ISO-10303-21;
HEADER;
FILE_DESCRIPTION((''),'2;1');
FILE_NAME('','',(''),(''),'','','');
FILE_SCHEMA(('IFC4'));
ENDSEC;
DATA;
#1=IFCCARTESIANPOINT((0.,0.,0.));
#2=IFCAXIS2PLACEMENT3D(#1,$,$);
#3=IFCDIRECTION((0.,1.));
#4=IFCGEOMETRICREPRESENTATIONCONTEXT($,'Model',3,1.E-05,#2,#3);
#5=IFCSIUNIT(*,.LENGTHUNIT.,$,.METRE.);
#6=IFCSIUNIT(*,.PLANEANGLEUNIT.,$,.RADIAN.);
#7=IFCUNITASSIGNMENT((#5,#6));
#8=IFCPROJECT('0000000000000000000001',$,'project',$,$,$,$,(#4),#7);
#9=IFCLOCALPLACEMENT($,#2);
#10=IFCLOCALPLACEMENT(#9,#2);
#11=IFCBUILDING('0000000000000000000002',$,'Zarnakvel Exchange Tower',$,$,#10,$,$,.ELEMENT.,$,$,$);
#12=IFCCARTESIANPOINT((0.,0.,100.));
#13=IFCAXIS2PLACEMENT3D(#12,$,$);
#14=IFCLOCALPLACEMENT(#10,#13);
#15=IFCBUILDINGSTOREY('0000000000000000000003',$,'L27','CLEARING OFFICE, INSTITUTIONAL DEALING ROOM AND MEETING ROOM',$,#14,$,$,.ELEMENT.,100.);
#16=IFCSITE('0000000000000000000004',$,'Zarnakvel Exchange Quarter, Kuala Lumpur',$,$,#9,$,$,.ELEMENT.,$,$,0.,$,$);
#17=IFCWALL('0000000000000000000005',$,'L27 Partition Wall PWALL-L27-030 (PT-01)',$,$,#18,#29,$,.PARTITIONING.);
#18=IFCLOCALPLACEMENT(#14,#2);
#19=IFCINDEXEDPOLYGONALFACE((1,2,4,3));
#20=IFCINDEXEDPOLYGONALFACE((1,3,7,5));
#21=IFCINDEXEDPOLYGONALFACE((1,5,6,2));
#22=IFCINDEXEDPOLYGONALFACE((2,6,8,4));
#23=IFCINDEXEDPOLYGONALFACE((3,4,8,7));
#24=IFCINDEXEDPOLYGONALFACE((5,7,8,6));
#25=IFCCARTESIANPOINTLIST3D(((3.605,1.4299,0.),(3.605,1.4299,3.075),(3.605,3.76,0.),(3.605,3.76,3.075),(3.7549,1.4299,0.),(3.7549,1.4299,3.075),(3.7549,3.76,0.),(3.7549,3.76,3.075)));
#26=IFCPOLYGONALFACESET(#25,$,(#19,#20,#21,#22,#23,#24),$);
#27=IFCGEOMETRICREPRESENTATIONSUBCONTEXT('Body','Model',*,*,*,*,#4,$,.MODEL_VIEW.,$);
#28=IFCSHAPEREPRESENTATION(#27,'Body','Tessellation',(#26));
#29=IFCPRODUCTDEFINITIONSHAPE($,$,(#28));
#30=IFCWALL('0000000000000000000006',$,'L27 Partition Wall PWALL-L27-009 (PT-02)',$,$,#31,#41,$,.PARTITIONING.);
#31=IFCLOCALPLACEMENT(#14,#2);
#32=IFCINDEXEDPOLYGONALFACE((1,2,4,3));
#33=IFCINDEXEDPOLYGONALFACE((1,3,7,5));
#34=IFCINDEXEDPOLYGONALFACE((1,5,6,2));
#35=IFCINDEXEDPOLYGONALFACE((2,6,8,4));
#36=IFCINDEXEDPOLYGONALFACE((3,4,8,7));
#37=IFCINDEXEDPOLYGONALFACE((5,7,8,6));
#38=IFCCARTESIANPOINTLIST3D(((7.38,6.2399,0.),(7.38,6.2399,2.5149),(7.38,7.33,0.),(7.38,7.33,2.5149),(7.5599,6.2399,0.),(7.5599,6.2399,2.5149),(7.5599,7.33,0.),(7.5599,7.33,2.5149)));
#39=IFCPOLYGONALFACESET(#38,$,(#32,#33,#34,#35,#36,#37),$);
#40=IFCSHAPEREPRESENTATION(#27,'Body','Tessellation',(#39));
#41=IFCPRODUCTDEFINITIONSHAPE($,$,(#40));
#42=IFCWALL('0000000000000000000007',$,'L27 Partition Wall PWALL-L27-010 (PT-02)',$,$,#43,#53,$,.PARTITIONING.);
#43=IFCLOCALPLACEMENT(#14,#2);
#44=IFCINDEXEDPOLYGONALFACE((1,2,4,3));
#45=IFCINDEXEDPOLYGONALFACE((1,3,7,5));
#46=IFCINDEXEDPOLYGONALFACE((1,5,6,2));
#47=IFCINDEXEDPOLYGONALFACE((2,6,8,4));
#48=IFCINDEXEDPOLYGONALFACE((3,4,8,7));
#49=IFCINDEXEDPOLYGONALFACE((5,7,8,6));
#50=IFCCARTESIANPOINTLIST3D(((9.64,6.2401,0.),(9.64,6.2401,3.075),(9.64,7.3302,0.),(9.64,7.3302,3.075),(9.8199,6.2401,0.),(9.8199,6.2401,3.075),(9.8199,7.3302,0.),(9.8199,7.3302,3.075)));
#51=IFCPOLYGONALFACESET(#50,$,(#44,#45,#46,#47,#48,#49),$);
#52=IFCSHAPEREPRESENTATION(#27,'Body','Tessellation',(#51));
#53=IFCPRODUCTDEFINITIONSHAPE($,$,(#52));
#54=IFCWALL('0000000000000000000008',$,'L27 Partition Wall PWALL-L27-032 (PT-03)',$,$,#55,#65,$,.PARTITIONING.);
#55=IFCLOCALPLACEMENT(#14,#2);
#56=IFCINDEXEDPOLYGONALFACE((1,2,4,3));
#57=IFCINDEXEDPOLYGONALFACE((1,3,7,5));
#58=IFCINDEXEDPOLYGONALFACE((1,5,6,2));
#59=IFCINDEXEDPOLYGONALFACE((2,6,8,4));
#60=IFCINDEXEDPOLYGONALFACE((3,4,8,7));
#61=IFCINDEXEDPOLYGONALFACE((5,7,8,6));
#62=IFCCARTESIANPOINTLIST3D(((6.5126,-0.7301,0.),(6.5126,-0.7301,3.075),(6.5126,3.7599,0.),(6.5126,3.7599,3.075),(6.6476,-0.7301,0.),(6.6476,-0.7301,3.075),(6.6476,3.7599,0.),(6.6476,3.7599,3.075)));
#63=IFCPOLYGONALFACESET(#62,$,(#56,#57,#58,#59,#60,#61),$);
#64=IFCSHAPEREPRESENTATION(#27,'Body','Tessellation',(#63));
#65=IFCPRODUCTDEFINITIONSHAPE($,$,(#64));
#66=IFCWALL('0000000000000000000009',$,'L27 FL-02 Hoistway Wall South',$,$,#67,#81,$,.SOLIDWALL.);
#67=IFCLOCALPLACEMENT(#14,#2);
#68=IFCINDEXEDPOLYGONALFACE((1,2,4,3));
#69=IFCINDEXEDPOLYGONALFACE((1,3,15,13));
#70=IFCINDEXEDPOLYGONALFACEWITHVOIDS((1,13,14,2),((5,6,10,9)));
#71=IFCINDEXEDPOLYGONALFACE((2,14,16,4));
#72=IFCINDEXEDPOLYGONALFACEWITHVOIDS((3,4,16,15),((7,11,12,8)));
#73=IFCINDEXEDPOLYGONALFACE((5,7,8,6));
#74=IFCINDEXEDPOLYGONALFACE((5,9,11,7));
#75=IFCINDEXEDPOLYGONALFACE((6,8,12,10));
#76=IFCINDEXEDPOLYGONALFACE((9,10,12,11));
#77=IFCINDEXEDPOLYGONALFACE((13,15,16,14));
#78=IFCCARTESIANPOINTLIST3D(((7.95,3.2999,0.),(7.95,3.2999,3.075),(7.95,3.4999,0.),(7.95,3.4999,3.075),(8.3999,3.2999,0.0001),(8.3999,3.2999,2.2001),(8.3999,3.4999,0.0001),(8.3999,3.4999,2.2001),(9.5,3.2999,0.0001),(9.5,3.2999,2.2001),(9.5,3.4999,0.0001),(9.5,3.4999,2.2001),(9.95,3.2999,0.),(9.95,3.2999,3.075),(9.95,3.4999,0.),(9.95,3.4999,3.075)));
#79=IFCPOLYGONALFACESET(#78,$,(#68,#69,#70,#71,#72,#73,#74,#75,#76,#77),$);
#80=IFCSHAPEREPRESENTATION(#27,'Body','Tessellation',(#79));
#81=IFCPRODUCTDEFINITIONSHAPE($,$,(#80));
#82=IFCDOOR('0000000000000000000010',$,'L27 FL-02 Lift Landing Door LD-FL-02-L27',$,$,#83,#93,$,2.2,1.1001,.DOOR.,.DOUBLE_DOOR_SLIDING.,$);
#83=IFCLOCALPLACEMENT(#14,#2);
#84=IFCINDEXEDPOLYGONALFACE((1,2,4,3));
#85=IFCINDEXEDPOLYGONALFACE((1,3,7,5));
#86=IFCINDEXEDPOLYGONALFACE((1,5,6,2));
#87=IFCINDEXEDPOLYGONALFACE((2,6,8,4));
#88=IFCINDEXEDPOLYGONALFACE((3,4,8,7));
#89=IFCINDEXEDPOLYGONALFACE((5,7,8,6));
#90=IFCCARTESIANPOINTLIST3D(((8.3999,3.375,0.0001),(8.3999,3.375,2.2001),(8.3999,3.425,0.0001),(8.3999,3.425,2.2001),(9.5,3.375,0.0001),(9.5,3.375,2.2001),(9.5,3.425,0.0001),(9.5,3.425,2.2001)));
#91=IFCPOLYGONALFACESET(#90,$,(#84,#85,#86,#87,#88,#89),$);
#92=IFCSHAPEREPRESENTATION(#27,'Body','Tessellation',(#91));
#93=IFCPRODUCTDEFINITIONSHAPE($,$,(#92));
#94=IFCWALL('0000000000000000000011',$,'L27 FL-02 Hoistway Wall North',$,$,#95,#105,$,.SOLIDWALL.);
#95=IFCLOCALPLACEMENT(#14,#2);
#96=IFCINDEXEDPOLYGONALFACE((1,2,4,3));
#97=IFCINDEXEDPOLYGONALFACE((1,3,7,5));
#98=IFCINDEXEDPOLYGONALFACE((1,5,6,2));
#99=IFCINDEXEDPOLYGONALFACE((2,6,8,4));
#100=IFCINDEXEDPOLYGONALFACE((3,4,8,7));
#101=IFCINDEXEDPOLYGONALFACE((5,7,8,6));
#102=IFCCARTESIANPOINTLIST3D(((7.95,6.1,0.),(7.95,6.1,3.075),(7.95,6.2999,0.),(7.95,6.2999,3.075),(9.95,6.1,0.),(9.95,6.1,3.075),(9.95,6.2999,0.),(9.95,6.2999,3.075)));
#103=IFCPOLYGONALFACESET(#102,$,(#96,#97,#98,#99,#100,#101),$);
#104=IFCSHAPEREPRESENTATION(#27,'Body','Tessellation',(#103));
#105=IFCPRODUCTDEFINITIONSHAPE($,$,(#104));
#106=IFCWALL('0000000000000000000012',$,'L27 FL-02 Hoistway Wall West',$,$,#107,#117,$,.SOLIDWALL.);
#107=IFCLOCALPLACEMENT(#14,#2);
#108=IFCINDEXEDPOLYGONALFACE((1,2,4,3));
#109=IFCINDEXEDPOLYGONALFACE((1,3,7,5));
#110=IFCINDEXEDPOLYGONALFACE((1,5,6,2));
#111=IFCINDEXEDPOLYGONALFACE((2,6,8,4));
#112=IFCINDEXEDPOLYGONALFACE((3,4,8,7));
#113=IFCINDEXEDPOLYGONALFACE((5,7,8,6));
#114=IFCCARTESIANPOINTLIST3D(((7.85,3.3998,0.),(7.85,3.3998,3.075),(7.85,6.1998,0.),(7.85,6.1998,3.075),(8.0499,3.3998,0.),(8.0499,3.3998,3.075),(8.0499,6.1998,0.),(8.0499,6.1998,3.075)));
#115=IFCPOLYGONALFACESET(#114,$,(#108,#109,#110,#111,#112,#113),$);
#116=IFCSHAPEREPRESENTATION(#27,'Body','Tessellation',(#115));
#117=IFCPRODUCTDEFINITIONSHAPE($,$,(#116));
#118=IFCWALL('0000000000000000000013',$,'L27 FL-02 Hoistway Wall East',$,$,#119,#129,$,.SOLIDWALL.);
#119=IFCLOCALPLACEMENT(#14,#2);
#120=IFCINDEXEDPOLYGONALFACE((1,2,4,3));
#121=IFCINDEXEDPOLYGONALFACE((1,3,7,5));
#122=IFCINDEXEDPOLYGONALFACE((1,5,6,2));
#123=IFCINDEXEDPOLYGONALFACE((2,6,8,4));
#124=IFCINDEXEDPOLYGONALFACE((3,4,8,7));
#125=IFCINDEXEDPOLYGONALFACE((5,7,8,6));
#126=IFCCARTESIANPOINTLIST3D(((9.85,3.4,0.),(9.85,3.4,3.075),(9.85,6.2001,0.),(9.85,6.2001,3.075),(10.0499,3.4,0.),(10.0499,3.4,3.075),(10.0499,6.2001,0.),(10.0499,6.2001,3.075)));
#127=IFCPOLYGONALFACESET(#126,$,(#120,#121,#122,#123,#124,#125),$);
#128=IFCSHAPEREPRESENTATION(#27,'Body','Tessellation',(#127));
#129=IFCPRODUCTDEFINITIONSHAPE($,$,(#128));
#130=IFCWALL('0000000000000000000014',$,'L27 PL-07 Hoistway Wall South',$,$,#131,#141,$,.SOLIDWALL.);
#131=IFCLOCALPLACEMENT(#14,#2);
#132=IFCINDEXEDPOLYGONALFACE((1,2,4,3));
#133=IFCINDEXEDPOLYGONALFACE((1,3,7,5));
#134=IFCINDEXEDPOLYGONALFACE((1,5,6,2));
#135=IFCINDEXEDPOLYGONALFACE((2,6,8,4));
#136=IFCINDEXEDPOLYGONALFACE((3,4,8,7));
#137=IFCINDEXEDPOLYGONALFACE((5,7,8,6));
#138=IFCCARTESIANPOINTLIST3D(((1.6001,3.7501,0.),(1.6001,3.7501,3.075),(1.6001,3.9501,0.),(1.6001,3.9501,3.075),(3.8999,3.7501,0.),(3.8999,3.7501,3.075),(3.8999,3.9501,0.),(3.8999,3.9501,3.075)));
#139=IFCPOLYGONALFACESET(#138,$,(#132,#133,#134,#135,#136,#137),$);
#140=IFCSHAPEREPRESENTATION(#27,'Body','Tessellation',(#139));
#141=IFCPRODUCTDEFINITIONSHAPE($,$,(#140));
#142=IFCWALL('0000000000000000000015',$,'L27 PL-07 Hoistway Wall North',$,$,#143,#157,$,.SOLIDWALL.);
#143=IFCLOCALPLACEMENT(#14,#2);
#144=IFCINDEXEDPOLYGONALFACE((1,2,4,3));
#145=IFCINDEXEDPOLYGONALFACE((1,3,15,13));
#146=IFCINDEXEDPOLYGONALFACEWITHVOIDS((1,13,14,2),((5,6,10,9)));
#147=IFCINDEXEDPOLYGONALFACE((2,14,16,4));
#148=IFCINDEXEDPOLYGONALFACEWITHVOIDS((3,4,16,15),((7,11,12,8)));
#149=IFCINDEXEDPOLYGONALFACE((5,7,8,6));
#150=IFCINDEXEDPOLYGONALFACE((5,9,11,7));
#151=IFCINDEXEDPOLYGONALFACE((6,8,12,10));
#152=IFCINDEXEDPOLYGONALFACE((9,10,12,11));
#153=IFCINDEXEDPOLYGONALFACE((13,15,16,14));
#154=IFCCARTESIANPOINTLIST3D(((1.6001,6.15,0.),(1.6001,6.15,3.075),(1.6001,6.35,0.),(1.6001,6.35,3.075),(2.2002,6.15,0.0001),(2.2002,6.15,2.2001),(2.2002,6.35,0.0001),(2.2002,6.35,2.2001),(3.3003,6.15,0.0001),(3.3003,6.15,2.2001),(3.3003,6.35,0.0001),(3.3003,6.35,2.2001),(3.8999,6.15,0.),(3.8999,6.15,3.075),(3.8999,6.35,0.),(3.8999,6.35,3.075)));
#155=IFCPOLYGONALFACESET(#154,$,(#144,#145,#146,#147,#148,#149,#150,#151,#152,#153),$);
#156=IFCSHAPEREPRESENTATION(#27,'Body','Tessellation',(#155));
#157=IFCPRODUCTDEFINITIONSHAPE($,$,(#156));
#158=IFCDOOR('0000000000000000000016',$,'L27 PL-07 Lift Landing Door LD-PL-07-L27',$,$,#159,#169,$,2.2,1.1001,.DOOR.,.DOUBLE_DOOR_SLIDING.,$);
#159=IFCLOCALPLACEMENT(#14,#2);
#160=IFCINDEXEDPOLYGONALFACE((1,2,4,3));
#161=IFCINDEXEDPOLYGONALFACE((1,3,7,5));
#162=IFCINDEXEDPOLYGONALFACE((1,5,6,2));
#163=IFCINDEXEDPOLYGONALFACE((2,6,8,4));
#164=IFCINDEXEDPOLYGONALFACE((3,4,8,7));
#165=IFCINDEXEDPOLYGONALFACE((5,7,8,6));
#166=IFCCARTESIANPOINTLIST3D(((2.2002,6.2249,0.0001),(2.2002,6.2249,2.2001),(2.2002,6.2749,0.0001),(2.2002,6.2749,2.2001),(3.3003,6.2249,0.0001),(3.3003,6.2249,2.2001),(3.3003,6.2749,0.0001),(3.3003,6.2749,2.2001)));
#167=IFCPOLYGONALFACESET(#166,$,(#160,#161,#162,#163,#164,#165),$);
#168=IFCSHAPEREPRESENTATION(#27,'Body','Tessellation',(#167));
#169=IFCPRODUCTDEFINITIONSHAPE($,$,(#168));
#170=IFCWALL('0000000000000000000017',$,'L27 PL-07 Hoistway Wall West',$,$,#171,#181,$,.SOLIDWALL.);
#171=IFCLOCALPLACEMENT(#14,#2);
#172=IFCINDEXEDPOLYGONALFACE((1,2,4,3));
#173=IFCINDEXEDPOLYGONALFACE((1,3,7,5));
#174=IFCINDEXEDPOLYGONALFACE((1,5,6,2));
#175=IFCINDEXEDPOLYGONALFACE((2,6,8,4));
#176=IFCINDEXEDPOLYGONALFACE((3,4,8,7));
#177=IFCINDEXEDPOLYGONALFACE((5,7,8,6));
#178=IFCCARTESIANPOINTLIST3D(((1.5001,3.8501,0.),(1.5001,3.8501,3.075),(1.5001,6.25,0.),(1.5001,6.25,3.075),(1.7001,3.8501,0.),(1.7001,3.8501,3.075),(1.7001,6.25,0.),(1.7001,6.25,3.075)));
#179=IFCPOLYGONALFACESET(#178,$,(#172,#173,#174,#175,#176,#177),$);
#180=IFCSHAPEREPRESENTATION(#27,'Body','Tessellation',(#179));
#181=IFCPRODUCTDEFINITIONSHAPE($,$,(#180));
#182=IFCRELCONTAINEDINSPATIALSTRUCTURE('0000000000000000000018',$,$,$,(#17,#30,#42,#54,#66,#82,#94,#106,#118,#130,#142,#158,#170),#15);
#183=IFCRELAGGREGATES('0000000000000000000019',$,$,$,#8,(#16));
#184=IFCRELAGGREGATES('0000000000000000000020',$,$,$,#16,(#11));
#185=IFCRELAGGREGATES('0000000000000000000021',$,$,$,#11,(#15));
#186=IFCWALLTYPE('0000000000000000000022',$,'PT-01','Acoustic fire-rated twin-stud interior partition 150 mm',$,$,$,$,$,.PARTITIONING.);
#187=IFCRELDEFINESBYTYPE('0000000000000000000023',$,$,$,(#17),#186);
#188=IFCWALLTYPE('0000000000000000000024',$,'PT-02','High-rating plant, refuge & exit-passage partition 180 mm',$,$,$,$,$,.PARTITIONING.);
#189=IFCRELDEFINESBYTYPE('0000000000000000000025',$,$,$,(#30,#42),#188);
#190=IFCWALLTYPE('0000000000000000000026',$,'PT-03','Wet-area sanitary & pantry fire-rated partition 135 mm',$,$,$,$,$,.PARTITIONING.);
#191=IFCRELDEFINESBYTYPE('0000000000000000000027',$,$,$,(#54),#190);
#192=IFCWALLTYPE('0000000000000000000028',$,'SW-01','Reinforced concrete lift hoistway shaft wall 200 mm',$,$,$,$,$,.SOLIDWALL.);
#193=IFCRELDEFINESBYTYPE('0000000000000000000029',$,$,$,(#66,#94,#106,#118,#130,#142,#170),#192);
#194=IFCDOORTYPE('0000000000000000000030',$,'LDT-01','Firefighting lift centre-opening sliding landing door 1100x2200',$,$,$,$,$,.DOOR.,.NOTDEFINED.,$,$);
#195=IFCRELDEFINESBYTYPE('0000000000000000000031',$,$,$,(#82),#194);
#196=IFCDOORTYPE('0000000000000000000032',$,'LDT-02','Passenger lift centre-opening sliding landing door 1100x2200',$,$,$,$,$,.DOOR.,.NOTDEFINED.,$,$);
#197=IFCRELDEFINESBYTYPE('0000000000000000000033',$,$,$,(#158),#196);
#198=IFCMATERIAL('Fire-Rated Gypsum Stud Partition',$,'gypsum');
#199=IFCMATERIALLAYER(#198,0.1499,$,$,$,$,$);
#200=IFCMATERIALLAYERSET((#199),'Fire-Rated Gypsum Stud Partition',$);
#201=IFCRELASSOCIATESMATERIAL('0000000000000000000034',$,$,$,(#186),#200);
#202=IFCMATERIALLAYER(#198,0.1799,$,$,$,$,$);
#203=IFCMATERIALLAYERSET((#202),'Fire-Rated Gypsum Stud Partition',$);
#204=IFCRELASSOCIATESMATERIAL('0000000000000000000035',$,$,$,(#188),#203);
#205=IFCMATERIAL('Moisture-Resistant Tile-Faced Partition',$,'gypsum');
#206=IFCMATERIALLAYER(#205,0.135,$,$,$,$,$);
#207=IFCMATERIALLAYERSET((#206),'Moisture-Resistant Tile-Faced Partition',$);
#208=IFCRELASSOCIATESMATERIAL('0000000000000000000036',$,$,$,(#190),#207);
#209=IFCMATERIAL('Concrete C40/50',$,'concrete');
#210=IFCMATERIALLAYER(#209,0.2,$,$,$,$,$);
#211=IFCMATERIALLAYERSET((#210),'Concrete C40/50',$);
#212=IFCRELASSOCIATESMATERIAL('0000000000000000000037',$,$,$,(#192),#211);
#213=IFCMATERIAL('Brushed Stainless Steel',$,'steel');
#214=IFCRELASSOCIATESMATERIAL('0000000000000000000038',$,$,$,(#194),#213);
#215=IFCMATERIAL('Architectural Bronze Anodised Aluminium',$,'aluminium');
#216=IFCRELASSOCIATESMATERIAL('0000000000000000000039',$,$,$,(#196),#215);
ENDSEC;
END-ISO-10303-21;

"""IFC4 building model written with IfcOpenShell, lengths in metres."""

from ifc_helpers import new_model, si_unit, direction, frame, frame_2d, origin, place, context, subcontext, project, spatial, rectangle, extrude, source, transform, mapped, material, layer, layer_set, type_object, element, fill, save


model = new_model("IFC4")

# Units and contexts
model_context = context("Model", 3, precision=1e-05, world=origin(), true_north=direction((0.0, 1.0)))
body_context = subcontext(model_context, "Body", "Model", "MODEL_VIEW")
ifc_project = project(units=[si_unit("LENGTHUNIT", "METRE"), si_unit("PLANEANGLEUNIT", "RADIAN")], contexts=[model_context])

# Site, building, storey
site_placement = place(None, origin())
site = spatial("IfcSite", under=ifc_project, at=site_placement, Name="Zarnakvel Exchange Quarter, Kuala Lumpur", CompositionType="ELEMENT", RefElevation=0.0)
building_placement = place(site_placement, origin())
building = spatial("IfcBuilding", under=site, at=building_placement, Name="Zarnakvel Exchange Tower", CompositionType="ELEMENT")
storey_placement = place(building_placement, frame((0.0, 0.0, 100.0)))
storey = spatial("IfcBuildingStorey", under=building, at=storey_placement, Name="L27", Description="CLEARING OFFICE, INSTITUTIONAL DEALING ROOM AND MEETING ROOM", CompositionType="ELEMENT", Elevation=100.0)

# Walls
ifc_material_1 = material(Name="Fire-Rated Gypsum Stud Partition", Category="gypsum")
ifc_layer_1 = layer(ifc_material_1, 0.1499)
ifc_layer_set_1 = layer_set([ifc_layer_1], Name="Fire-Rated Gypsum Stud Partition")
wall_type_1 = type_object("IfcWallType", Name="PT-01", Description="Acoustic fire-rated twin-stud interior partition 150 mm", PredefinedType="PARTITIONING", material=ifc_layer_set_1)
wall_1_placement = place(storey_placement, frame((3.6799, 3.76, 0.0), z_axis=(0.0, 0.0, 1.0), x_axis=(0.0, -1.0, 0.0)))
element("IfcWall", 1, at=wall_1_placement, inside=storey, type_object=wall_type_1, Name="L27 Partition Wall PWALL-L27-030 (PT-01)", PredefinedType="PARTITIONING", context=body_context, shape_type="SweptSolid", body=[
    extrude(rectangle(XDim=2.3301, YDim=0.1499, at=frame_2d((1.165, 0.0))), origin(), (0.0, 0.0, 1.0), 3.075),
])
ifc_layer_2 = layer(ifc_material_1, 0.1799)
ifc_layer_set_2 = layer_set([ifc_layer_2], Name="Fire-Rated Gypsum Stud Partition")
wall_type_2 = type_object("IfcWallType", Name="PT-02", Description="High-rating plant, refuge & exit-passage partition 180 mm", PredefinedType="PARTITIONING", material=ifc_layer_set_2)
wall_2_placement = place(storey_placement, frame((7.47, 6.24, 0.0), z_axis=(0.0, 0.0, 1.0), x_axis=(0.0, 1.0, 0.0)))
element("IfcWall", 2, at=wall_2_placement, inside=storey, type_object=wall_type_2, Name="L27 Partition Wall PWALL-L27-009 (PT-02)", PredefinedType="PARTITIONING", context=body_context, shape_type="SweptSolid", body=[
    extrude(rectangle(XDim=1.0901, YDim=0.1799, at=frame_2d((0.5449, 0.0))), origin(), (0.0, 0.0, 1.0), 2.5149),
])
wall_3_placement = place(storey_placement, frame((9.73, 7.3301, 0.0), z_axis=(0.0, 0.0, 1.0), x_axis=(0.0, -1.0, 0.0)))
element("IfcWall", 3, at=wall_3_placement, inside=storey, type_object=wall_type_2, Name="L27 Partition Wall PWALL-L27-010 (PT-02)", PredefinedType="PARTITIONING", context=body_context, shape_type="SweptSolid", body=[
    extrude(rectangle(XDim=1.0901, YDim=0.1799, at=frame_2d((0.5449, 0.0))), origin(), (0.0, 0.0, 1.0), 3.075),
])
ifc_material_2 = material(Name="Moisture-Resistant Tile-Faced Partition", Category="gypsum")
ifc_layer_3 = layer(ifc_material_2, 0.135)
ifc_layer_set_3 = layer_set([ifc_layer_3], Name="Moisture-Resistant Tile-Faced Partition")
wall_type_3 = type_object("IfcWallType", Name="PT-03", Description="Wet-area sanitary & pantry fire-rated partition 135 mm", PredefinedType="PARTITIONING", material=ifc_layer_set_3)
wall_4_placement = place(storey_placement, frame((6.5801, 3.76, 0.0), z_axis=(0.0, 0.0, 1.0), x_axis=(0.0, -1.0, 0.0)))
element("IfcWall", 4, at=wall_4_placement, inside=storey, type_object=wall_type_3, Name="L27 Partition Wall PWALL-L27-032 (PT-03)", PredefinedType="PARTITIONING", context=body_context, shape_type="SweptSolid", body=[
    extrude(rectangle(XDim=4.49, YDim=0.135, at=frame_2d((2.2451, 0.0))), origin(), (0.0, 0.0, 1.0), 3.075),
])

# Wall, opening, door
ifc_material_3 = material(Name="Concrete C40/50", Category="concrete")
ifc_layer_4 = layer(ifc_material_3, 0.2)
ifc_layer_set_4 = layer_set([ifc_layer_4], Name="Concrete C40/50")
wall_type_4 = type_object("IfcWallType", Name="SW-01", Description="Reinforced concrete lift hoistway shaft wall 200 mm", PredefinedType="SOLIDWALL", material=ifc_layer_set_4)
wall_5_placement = place(storey_placement, frame((9.95, 3.3999, 0.0), z_axis=(0.0, 0.0, 1.0), x_axis=(-1.0, 0.0, 0.0)))
wall_5 = element("IfcWall", 5, at=wall_5_placement, inside=storey, type_object=wall_type_4, Name="L27 FL-02 Hoistway Wall South", PredefinedType="SOLIDWALL", context=body_context, shape_type="SweptSolid", body=[
    extrude(rectangle(XDim=2.0, YDim=0.2, at=frame_2d((1.0, 0.0))), origin(), (0.0, 0.0, 1.0), 3.075),
])
opening_1_placement = place(wall_5_placement, frame((0.45, 0.0, 0.0)))
opening_1 = element("IfcOpeningElement", 6, at=opening_1_placement, cuts=wall_5, PredefinedType="OPENING", context=body_context, shape_type="SweptSolid", body=[
    extrude(rectangle(XDim=1.1001, YDim=2.2, at=frame_2d((0.55, 1.1001))), frame((0.0, 0.1099, 0.0), z_axis=(0.0, -1.0, 0.0), x_axis=(1.0, 0.0, 0.0)), (0.0, 0.0, 1.0), 0.22),
])
ifc_material_4 = material(Name="Brushed Stainless Steel", Category="steel")
door_type_1 = type_object("IfcDoorType", Name="LDT-01", Description="Firefighting lift centre-opening sliding landing door 1100x2200", OperationType="NOTDEFINED", PredefinedType="DOOR", material=ifc_material_4)
shared_shape_1 = source(origin(), body_context, "Body", "SweptSolid", [
    extrude(rectangle(XDim=1.1001, YDim=2.2, at=frame_2d((0.55, 1.1001))), frame((0.0, 0.0249, 0.0), z_axis=(0.0, -1.0, 0.0), x_axis=(1.0, 0.0, 0.0)), (0.0, 0.0, 1.0), 0.05),
])
door_1_placement = place(opening_1_placement, origin())
door_1 = element("IfcDoor", 7, at=door_1_placement, inside=storey, type_object=door_type_1, Name="L27 FL-02 Lift Landing Door LD-FL-02-L27", OperationType="DOUBLE_DOOR_SLIDING", OverallHeight=2.2, OverallWidth=1.1001, PredefinedType="DOOR", context=body_context, shape_type="MappedRepresentation", body=[
    mapped(shared_shape_1, transform((0.0, 0.0, 0.0), x_axis=(1.0, 0.0, 0.0), y_axis=(0.0, 1.0, 0.0), z_axis=(0.0, 0.0, 1.0), scale=1.0)),
])
fill(opening_1, door_1)

# Walls
wall_6_placement = place(storey_placement, frame((7.95, 6.2, 0.0), z_axis=(0.0, 0.0, 1.0), x_axis=(1.0, 0.0, 0.0)))
element("IfcWall", 8, at=wall_6_placement, inside=storey, type_object=wall_type_4, Name="L27 FL-02 Hoistway Wall North", PredefinedType="SOLIDWALL", context=body_context, shape_type="SweptSolid", body=[
    extrude(rectangle(XDim=2.0, YDim=0.2, at=frame_2d((1.0, 0.0))), origin(), (0.0, 0.0, 1.0), 3.075),
])
for number, where, z_axis, x_axis, name in (
    (9, (7.95, 3.3999, 0.0), (0.0, 0.0, 1.0), (0.0, 1.0, 0.0), "L27 FL-02 Hoistway Wall West"),
    (10, (9.95, 6.2, 0.0), (0.0, 0.0, 1.0), (0.0, -1.0, 0.0), "L27 FL-02 Hoistway Wall East"),
):
    element("IfcWall", number, at=place(storey_placement, frame(where, z_axis=z_axis, x_axis=x_axis)), inside=storey, type_object=wall_type_4, Name=name, PredefinedType="SOLIDWALL", context=body_context, shape_type="SweptSolid", body=[
        extrude(rectangle(XDim=2.8, YDim=0.2, at=frame_2d((1.3999, 0.0))), origin(), (0.0, 0.0, 1.0), 3.075),
    ])
wall_7_placement = place(storey_placement, frame((3.8999, 3.8501, 0.0), z_axis=(0.0, 0.0, 1.0), x_axis=(-1.0, 0.0, 0.0)))
element("IfcWall", 11, at=wall_7_placement, inside=storey, type_object=wall_type_4, Name="L27 PL-07 Hoistway Wall South", PredefinedType="SOLIDWALL", context=body_context, shape_type="SweptSolid", body=[
    extrude(rectangle(XDim=2.2998, YDim=0.2, at=frame_2d((1.1499, 0.0))), origin(), (0.0, 0.0, 1.0), 3.075),
])

# Wall, opening, door
wall_8_placement = place(storey_placement, frame((1.6001, 6.25, 0.0), z_axis=(0.0, 0.0, 1.0), x_axis=(1.0, 0.0, 0.0)))
wall_8 = element("IfcWall", 12, at=wall_8_placement, inside=storey, type_object=wall_type_4, Name="L27 PL-07 Hoistway Wall North", PredefinedType="SOLIDWALL", context=body_context, shape_type="SweptSolid", body=[
    extrude(rectangle(XDim=2.2998, YDim=0.2, at=frame_2d((1.1499, 0.0))), origin(), (0.0, 0.0, 1.0), 3.075),
])
opening_2_placement = place(wall_8_placement, frame((0.6001, 0.0, 0.0)))
opening_2 = element("IfcOpeningElement", 13, at=opening_2_placement, cuts=wall_8, PredefinedType="OPENING", context=body_context, shape_type="SweptSolid", body=[
    extrude(rectangle(XDim=1.1001, YDim=2.2, at=frame_2d((0.55, 1.1001))), frame((0.0, 0.1099, 0.0), z_axis=(0.0, -1.0, 0.0), x_axis=(1.0, 0.0, 0.0)), (0.0, 0.0, 1.0), 0.22),
])
ifc_material_5 = material(Name="Architectural Bronze Anodised Aluminium", Category="aluminium")
door_type_2 = type_object("IfcDoorType", Name="LDT-02", Description="Passenger lift centre-opening sliding landing door 1100x2200", OperationType="NOTDEFINED", PredefinedType="DOOR", material=ifc_material_5)
door_2_placement = place(opening_2_placement, origin())
door_2 = element("IfcDoor", 14, at=door_2_placement, inside=storey, type_object=door_type_2, Name="L27 PL-07 Lift Landing Door LD-PL-07-L27", OperationType="DOUBLE_DOOR_SLIDING", OverallHeight=2.2, OverallWidth=1.1001, PredefinedType="DOOR", context=body_context, shape_type="MappedRepresentation", body=[
    mapped(shared_shape_1, transform((0.0, 0.0, 0.0), x_axis=(1.0, 0.0, 0.0), y_axis=(0.0, 1.0, 0.0), z_axis=(0.0, 0.0, 1.0), scale=1.0)),
])
fill(opening_2, door_2)

# Wall
for number, where, z_axis, x_axis, name in (
    (15, (1.6001, 3.8501, 0.0), (0.0, 0.0, 1.0), (0.0, 1.0, 0.0), "L27 PL-07 Hoistway Wall West"),
):
    element("IfcWall", number, at=place(storey_placement, frame(where, z_axis=z_axis, x_axis=x_axis)), inside=storey, type_object=wall_type_4, Name=name, PredefinedType="SOLIDWALL", context=body_context, shape_type="SweptSolid", body=[
        extrude(rectangle(XDim=2.3999, YDim=0.2, at=frame_2d((1.2, 0.0))), origin(), (0.0, 0.0, 1.0), 3.075),
    ])

save(model, "model.ifc")
